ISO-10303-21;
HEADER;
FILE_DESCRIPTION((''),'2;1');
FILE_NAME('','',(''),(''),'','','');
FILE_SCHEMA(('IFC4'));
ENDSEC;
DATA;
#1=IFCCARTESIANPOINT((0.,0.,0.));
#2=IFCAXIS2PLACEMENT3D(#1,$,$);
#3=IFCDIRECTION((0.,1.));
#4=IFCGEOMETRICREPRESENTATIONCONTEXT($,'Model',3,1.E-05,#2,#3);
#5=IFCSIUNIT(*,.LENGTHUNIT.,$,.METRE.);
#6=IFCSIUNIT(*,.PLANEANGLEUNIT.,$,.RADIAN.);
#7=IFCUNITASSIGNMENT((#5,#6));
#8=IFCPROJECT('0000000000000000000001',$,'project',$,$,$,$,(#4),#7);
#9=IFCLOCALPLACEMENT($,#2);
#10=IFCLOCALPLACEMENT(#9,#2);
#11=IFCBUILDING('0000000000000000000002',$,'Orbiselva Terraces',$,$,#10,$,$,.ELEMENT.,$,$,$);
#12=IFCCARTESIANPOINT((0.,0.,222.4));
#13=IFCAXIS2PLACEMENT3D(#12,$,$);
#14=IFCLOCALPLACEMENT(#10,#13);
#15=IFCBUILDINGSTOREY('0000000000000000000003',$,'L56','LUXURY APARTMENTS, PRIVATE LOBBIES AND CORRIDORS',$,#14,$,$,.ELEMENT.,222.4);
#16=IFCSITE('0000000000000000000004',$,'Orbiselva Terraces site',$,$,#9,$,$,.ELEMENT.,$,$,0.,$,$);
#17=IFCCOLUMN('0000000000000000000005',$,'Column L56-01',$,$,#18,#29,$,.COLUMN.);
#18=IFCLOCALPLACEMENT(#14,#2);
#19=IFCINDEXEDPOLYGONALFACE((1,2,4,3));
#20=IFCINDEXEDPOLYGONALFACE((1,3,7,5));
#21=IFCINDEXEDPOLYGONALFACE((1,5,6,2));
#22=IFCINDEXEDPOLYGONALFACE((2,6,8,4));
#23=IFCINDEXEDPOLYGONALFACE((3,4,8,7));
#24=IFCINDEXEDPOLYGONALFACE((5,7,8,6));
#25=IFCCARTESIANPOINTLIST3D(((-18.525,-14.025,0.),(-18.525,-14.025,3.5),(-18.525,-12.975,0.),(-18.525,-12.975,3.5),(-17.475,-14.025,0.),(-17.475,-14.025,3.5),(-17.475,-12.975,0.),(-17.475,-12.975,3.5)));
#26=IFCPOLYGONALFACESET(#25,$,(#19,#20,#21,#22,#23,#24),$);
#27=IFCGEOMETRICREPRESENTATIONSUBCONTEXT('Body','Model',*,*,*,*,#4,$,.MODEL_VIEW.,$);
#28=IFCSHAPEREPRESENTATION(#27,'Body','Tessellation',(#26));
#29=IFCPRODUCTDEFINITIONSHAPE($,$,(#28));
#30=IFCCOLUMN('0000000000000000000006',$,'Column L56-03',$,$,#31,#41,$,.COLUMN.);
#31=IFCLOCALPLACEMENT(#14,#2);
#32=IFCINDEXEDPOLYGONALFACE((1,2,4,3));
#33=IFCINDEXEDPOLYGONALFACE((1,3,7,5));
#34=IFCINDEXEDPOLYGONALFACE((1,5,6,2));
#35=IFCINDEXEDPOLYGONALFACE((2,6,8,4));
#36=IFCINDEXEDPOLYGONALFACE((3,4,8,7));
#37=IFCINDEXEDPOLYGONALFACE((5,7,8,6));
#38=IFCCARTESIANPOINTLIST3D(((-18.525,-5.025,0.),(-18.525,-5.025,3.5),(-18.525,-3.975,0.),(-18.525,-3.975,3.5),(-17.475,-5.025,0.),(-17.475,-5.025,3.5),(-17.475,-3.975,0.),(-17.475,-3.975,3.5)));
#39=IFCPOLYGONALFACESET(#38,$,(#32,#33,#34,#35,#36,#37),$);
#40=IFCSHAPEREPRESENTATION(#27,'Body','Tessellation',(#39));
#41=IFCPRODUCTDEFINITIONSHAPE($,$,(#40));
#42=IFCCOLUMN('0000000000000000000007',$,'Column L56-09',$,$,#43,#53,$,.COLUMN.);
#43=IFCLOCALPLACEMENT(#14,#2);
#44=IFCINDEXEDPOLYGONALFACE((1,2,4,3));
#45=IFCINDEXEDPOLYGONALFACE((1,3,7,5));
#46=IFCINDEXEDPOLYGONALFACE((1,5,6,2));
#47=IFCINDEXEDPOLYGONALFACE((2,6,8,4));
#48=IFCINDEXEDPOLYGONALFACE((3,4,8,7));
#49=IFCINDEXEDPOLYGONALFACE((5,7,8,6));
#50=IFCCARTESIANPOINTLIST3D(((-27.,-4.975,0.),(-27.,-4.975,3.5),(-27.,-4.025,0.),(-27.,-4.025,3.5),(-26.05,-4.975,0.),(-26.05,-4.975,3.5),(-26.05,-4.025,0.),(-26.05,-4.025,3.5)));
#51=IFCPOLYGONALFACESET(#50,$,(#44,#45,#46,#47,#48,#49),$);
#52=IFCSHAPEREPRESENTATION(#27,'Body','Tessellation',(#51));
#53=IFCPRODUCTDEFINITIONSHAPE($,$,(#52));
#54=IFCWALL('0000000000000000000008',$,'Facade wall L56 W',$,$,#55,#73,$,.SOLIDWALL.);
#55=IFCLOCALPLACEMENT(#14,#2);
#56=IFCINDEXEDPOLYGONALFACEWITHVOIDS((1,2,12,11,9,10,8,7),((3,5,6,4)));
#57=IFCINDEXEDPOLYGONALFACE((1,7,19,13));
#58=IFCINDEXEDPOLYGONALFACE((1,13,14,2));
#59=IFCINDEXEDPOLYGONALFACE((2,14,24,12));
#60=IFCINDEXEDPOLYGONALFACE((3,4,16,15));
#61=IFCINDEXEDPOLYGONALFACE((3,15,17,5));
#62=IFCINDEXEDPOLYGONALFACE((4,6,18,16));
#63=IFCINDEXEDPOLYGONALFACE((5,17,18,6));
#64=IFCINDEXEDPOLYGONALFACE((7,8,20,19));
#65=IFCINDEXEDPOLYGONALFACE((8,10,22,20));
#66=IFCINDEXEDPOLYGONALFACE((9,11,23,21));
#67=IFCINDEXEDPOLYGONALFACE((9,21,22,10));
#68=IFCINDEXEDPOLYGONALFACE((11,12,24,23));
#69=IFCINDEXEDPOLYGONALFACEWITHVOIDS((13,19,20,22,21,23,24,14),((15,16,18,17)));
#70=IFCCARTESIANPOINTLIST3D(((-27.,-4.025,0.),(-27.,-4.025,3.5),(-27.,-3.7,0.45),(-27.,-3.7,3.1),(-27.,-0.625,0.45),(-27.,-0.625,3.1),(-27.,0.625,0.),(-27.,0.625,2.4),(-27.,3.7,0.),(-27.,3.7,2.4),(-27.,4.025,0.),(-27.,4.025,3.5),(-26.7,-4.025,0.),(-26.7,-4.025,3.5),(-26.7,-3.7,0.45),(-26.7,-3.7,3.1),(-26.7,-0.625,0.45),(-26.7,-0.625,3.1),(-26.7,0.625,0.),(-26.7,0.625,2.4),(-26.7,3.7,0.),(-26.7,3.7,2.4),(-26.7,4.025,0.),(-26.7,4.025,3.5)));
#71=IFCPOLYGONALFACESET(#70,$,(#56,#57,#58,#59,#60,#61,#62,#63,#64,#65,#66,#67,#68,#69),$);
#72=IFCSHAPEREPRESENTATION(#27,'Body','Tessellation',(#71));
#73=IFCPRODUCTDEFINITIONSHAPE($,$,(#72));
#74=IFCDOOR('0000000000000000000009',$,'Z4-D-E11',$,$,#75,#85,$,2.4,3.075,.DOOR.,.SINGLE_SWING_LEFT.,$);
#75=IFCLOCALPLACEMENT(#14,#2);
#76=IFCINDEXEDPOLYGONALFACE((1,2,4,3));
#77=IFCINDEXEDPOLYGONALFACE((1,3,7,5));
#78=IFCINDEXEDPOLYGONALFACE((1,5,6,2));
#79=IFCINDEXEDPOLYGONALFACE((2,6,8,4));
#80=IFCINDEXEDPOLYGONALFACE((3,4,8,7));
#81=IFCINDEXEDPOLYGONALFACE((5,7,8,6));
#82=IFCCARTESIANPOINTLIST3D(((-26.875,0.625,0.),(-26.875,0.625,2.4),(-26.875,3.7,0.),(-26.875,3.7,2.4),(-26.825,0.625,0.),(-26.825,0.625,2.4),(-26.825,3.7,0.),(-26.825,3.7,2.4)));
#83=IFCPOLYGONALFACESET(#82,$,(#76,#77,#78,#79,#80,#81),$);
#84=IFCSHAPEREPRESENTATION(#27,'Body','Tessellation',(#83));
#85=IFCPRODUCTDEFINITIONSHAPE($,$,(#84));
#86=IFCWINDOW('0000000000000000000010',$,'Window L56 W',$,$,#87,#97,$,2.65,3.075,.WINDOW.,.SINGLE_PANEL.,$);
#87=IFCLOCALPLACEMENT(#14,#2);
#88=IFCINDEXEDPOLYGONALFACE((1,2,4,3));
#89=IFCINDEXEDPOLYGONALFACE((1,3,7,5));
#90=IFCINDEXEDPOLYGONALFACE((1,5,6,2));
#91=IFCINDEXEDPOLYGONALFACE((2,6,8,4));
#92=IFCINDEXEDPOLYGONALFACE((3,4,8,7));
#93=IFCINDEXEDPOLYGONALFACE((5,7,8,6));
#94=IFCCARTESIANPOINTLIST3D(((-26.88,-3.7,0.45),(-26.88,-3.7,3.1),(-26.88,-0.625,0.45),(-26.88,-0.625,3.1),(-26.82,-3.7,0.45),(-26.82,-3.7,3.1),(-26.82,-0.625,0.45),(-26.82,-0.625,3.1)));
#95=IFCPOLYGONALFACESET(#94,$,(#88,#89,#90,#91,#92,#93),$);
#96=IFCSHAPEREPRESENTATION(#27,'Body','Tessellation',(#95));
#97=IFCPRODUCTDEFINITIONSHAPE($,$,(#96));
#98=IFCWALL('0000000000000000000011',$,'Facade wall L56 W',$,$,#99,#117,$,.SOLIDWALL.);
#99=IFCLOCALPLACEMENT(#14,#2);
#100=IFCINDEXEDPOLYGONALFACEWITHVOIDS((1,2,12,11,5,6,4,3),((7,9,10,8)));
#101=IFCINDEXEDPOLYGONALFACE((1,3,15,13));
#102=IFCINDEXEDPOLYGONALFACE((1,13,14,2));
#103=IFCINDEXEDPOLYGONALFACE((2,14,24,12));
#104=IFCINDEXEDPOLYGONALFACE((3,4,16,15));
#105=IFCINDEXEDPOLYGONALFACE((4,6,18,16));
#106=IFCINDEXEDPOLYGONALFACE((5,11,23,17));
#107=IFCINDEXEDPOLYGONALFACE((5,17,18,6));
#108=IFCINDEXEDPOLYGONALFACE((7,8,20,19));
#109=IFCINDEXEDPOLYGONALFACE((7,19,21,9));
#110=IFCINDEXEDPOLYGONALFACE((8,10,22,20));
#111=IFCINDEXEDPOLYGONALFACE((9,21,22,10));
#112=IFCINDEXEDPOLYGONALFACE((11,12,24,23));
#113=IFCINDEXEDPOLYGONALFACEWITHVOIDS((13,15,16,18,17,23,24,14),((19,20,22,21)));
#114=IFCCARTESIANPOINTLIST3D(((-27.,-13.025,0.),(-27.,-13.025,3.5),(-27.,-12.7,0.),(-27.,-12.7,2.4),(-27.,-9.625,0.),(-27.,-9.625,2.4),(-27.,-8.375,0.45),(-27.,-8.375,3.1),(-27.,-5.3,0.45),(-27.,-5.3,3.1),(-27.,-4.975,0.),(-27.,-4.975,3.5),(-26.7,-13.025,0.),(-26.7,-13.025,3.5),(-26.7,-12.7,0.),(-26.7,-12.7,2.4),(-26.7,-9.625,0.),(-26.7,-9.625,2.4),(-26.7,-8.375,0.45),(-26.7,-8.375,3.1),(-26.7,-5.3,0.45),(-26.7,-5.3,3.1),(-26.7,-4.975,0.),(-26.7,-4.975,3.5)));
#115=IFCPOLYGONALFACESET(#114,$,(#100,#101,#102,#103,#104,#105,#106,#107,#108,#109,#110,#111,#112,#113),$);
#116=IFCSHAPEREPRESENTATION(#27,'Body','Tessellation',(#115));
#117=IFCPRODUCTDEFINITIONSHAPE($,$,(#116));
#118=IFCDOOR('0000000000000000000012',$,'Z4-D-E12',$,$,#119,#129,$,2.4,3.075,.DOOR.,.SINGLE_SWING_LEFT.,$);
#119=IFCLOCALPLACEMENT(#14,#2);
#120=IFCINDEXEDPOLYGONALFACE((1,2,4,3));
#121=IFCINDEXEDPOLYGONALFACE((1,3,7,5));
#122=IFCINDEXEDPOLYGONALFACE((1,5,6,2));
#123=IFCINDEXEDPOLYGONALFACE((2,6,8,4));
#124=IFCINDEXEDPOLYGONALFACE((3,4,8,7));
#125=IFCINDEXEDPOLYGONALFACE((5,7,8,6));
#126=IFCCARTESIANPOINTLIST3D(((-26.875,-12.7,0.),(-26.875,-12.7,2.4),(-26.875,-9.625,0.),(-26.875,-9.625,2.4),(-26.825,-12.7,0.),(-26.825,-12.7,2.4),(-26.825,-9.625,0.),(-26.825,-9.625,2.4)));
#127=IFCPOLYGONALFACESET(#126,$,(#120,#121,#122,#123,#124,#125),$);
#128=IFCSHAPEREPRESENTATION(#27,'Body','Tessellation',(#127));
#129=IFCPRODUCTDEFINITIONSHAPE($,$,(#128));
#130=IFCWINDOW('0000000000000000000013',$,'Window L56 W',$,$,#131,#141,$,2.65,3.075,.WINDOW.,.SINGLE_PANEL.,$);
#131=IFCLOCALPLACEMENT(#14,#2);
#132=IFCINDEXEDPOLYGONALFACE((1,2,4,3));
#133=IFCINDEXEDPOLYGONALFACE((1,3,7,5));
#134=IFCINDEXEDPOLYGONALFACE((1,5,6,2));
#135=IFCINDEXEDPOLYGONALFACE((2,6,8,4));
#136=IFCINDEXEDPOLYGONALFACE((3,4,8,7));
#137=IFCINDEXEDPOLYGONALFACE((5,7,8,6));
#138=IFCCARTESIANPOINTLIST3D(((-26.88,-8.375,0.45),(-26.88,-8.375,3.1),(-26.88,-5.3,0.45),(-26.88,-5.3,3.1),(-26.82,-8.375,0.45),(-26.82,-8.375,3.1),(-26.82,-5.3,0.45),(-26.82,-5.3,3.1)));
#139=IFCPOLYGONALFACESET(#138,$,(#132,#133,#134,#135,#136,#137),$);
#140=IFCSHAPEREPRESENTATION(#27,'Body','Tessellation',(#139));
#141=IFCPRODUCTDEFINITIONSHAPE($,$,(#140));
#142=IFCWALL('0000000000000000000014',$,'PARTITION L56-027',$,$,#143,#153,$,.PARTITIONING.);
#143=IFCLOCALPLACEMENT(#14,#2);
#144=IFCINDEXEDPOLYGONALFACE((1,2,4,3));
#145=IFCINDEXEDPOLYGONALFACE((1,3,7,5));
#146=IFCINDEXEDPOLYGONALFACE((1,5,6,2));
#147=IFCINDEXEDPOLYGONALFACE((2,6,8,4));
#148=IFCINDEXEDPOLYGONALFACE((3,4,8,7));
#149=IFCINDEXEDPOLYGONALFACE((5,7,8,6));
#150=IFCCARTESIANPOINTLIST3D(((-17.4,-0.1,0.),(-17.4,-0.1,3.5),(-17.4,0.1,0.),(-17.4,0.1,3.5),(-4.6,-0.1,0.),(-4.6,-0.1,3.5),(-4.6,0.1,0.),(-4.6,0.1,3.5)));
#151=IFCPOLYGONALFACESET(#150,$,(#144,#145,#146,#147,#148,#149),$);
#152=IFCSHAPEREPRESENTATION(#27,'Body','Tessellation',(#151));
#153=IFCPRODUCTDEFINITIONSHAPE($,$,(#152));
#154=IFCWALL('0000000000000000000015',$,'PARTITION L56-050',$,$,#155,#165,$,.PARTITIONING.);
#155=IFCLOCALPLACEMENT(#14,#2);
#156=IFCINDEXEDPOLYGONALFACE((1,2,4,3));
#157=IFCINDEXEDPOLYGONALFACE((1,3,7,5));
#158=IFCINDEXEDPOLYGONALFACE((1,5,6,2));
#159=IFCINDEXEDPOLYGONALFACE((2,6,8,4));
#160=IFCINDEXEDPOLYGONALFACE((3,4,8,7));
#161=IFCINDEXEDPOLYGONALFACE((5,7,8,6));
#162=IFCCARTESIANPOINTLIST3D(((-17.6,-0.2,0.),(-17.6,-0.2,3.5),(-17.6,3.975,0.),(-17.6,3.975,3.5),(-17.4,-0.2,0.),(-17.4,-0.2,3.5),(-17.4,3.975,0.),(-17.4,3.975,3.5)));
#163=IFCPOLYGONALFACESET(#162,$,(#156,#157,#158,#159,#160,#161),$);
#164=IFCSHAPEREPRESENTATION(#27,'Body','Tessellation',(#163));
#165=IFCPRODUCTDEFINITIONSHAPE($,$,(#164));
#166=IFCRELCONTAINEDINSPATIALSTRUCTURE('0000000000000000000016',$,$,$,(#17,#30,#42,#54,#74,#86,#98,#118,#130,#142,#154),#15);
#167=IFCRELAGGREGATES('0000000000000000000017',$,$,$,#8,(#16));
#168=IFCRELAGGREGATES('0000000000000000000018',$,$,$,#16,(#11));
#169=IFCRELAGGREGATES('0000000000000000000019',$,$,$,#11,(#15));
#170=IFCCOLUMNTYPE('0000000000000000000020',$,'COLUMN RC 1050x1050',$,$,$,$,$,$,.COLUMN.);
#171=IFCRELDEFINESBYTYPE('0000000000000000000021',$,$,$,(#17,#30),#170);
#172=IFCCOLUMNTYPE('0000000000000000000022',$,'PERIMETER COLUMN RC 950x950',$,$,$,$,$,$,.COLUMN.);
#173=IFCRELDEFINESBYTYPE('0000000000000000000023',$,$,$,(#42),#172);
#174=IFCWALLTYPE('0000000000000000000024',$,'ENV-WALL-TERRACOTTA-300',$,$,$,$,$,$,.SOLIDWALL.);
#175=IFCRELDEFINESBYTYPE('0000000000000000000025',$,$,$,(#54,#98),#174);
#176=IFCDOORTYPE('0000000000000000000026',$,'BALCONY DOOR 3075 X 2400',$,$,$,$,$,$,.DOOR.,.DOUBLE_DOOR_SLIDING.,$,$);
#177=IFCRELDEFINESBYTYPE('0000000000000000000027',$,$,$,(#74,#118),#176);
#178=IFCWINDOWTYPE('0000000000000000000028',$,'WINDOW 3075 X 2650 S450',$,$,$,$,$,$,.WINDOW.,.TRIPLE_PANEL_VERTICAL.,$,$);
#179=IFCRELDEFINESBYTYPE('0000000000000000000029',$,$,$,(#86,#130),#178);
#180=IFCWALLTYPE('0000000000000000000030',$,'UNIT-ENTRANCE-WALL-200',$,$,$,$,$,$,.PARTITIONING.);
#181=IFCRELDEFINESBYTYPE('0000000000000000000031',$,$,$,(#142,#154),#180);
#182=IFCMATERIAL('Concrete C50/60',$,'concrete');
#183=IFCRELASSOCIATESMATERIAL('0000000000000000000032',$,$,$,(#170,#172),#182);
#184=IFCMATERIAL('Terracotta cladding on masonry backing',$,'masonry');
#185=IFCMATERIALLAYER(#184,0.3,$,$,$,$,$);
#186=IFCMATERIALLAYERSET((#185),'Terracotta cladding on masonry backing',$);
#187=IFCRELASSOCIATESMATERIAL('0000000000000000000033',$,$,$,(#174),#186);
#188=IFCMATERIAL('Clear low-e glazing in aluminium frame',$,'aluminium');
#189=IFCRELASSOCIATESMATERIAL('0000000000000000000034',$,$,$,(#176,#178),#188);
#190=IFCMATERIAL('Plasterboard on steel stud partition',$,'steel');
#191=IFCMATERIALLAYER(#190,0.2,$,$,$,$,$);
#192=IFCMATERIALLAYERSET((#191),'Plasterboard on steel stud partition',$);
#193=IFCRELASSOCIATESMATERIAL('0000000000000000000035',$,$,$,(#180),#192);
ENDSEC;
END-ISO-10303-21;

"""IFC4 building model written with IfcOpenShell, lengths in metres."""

from ifc_helpers import new_model, si_unit, direction, frame, frame_2d, origin, origin_2d, place, context, subcontext, project, spatial, rectangle, extrude, material, layer, layer_set, material_profile, profile_set, type_object, element, fill, save


model = new_model("IFC4")

# Units and contexts
model_context = context("Model", 3, precision=1e-05, world=origin(), true_north=direction((0.0, 1.0)))
body_context = subcontext(model_context, "Body", "Model", "MODEL_VIEW")
ifc_project = project(units=[si_unit("LENGTHUNIT", "METRE"), si_unit("PLANEANGLEUNIT", "RADIAN")], contexts=[model_context])

# Site, building, storey
site_placement = place(None, origin())
site = spatial("IfcSite", under=ifc_project, at=site_placement, Name="Orbiselva Terraces site", CompositionType="ELEMENT", RefElevation=0.0)
building_placement = place(site_placement, origin())
building = spatial("IfcBuilding", under=site, at=building_placement, Name="Orbiselva Terraces", CompositionType="ELEMENT")
storey_placement = place(building_placement, frame((0.0, 0.0, 222.4)))
storey = spatial("IfcBuildingStorey", under=building, at=storey_placement, Name="L56", Description="LUXURY APARTMENTS, PRIVATE LOBBIES AND CORRIDORS", CompositionType="ELEMENT", Elevation=222.4)

# Columns
ifc_material_1 = material(Name="Concrete C50/60", Category="concrete")
ifc_material_profile_1 = material_profile(ifc_material_1, rectangle(XDim=1.05, YDim=1.05, at=origin_2d()), Name="RC 1050x1050")
ifc_profile_set_1 = profile_set([ifc_material_profile_1], Name="Concrete C50/60")
column_type_1 = type_object("IfcColumnType", Name="COLUMN RC 1050x1050", PredefinedType="COLUMN", material=ifc_profile_set_1)
for number, where, z_axis, x_axis, name in (
    (1, (-18.0, -13.5, 0.0), (0.0, 0.0, 1.0), (1.0, 0.0, 0.0), "Column L56-01"),
    (2, (-18.0, -4.5, 0.0), (0.0, 0.0, 1.0), (1.0, 0.0, 0.0), "Column L56-03"),
):
    element("IfcColumn", number, at=place(storey_placement, frame(where, z_axis=z_axis, x_axis=x_axis)), inside=storey, type_object=column_type_1, Name=name, PredefinedType="COLUMN", context=body_context, shape_type="SweptSolid", body=[
        extrude(rectangle(XDim=1.05, YDim=1.05, at=origin_2d()), origin(), (0.0, 0.0, 1.0), 3.5),
    ])
ifc_material_profile_2 = material_profile(ifc_material_1, rectangle(XDim=0.95, YDim=0.95, at=origin_2d()), Name="RC 950x950")
ifc_profile_set_2 = profile_set([ifc_material_profile_2], Name="Concrete C50/60")
column_type_2 = type_object("IfcColumnType", Name="PERIMETER COLUMN RC 950x950", PredefinedType="COLUMN", material=ifc_profile_set_2)
column_placement = place(storey_placement, frame((-26.525, -4.5, 0.0), z_axis=(0.0, 0.0, 1.0), x_axis=(1.0, 0.0, 0.0)))
element("IfcColumn", 3, at=column_placement, inside=storey, type_object=column_type_2, Name="Column L56-09", PredefinedType="COLUMN", context=body_context, shape_type="SweptSolid", body=[
    extrude(rectangle(XDim=0.95, YDim=0.95, at=origin_2d()), origin(), (0.0, 0.0, 1.0), 3.5),
])

# Walls, openings, doors, windows
ifc_material_2 = material(Name="Terracotta cladding on masonry backing", Category="masonry")
ifc_layer_1 = layer(ifc_material_2, 0.3)
ifc_layer_set_1 = layer_set([ifc_layer_1], Name="Terracotta cladding on masonry backing")
wall_type_1 = type_object("IfcWallType", Name="ENV-WALL-TERRACOTTA-300", PredefinedType="SOLIDWALL", material=ifc_layer_set_1)
wall_1_placement = place(storey_placement, frame((-26.85, -4.025, 0.0), z_axis=(0.0, 0.0, 1.0), x_axis=(0.0, 1.0, 0.0)))
wall_1 = element("IfcWall", 4, at=wall_1_placement, inside=storey, type_object=wall_type_1, Name="Facade wall L56 W", PredefinedType="SOLIDWALL", context=body_context, shape_type="SweptSolid", body=[
    extrude(rectangle(XDim=8.05, YDim=0.3, at=frame_2d((4.025, 0.0))), origin(), (0.0, 0.0, 1.0), 3.5),
])
opening_1_placement = place(wall_1_placement, frame((4.65, 0.0, 0.0)))
opening_1 = element("IfcOpeningElement", 5, at=opening_1_placement, cuts=wall_1, PredefinedType="OPENING", context=body_context, shape_type="SweptSolid", body=[
    extrude(rectangle(XDim=3.075, YDim=2.4, at=frame_2d((1.5375, 1.2))), frame((0.0, 0.16, 0.0), z_axis=(0.0, -1.0, 0.0), x_axis=(1.0, 0.0, 0.0)), (0.0, 0.0, 1.0), 0.32),
])
opening_2_placement = place(wall_1_placement, frame((0.325, 0.0, 0.45)))
opening_2 = element("IfcOpeningElement", 6, at=opening_2_placement, cuts=wall_1, PredefinedType="OPENING", context=body_context, shape_type="SweptSolid", body=[
    extrude(rectangle(XDim=3.075, YDim=2.65, at=frame_2d((1.5375, 1.325))), frame((0.0, 0.16, 0.0), z_axis=(0.0, -1.0, 0.0), x_axis=(1.0, 0.0, 0.0)), (0.0, 0.0, 1.0), 0.32),
])
ifc_material_3 = material(Name="Clear low-e glazing in aluminium frame", Category="aluminium")
door_type_1 = type_object("IfcDoorType", Name="BALCONY DOOR 3075 X 2400", OperationType="DOUBLE_DOOR_SLIDING", PredefinedType="DOOR", material=ifc_material_3)
door_1_placement = place(opening_1_placement, origin())
door_1 = element("IfcDoor", 7, at=door_1_placement, inside=storey, type_object=door_type_1, Name="Z4-D-E11", OperationType="SINGLE_SWING_LEFT", OverallHeight=2.4, OverallWidth=3.075, PredefinedType="DOOR", context=body_context, shape_type="SweptSolid", body=[
    extrude(rectangle(XDim=3.075, YDim=2.4, at=frame_2d((1.5375, 1.2))), frame((0.0, 0.025, 0.0), z_axis=(0.0, -1.0, 0.0), x_axis=(1.0, 0.0, 0.0)), (0.0, 0.0, 1.0), 0.05),
])
fill(opening_1, door_1)
window_type = type_object("IfcWindowType", Name="WINDOW 3075 X 2650 S450", PartitioningType="TRIPLE_PANEL_VERTICAL", PredefinedType="WINDOW", material=ifc_material_3)
window_1_placement = place(opening_2_placement, origin())
window_1 = element("IfcWindow", 8, at=window_1_placement, inside=storey, type_object=window_type, Name="Window L56 W", OverallHeight=2.65, OverallWidth=3.075, PartitioningType="SINGLE_PANEL", PredefinedType="WINDOW", context=body_context, shape_type="SweptSolid", body=[
    extrude(rectangle(XDim=3.075, YDim=2.65, at=frame_2d((1.5375, 1.325))), frame((0.0, 0.03, 0.0), z_axis=(0.0, -1.0, 0.0), x_axis=(1.0, 0.0, 0.0)), (0.0, 0.0, 1.0), 0.06),
])
fill(opening_2, window_1)
wall_2_placement = place(storey_placement, frame((-26.85, -13.025, 0.0), z_axis=(0.0, 0.0, 1.0), x_axis=(0.0, 1.0, 0.0)))
wall_2 = element("IfcWall", 9, at=wall_2_placement, inside=storey, type_object=wall_type_1, Name="Facade wall L56 W", PredefinedType="SOLIDWALL", context=body_context, shape_type="SweptSolid", body=[
    extrude(rectangle(XDim=8.05, YDim=0.3, at=frame_2d((4.025, 0.0))), origin(), (0.0, 0.0, 1.0), 3.5),
])
opening_3_placement = place(wall_2_placement, frame((4.65, 0.0, 0.45)))
opening_3 = element("IfcOpeningElement", 10, at=opening_3_placement, cuts=wall_2, PredefinedType="OPENING", context=body_context, shape_type="SweptSolid", body=[
    extrude(rectangle(XDim=3.075, YDim=2.65, at=frame_2d((1.5375, 1.325))), frame((0.0, 0.16, 0.0), z_axis=(0.0, -1.0, 0.0), x_axis=(1.0, 0.0, 0.0)), (0.0, 0.0, 1.0), 0.32),
])
opening_4_placement = place(wall_2_placement, frame((0.325, 0.0, 0.0)))
opening_4 = element("IfcOpeningElement", 11, at=opening_4_placement, cuts=wall_2, PredefinedType="OPENING", context=body_context, shape_type="SweptSolid", body=[
    extrude(rectangle(XDim=3.075, YDim=2.4, at=frame_2d((1.5375, 1.2))), frame((0.0, 0.16, 0.0), z_axis=(0.0, -1.0, 0.0), x_axis=(1.0, 0.0, 0.0)), (0.0, 0.0, 1.0), 0.32),
])
door_2_placement = place(opening_4_placement, origin())
door_2 = element("IfcDoor", 12, at=door_2_placement, inside=storey, type_object=door_type_1, Name="Z4-D-E12", OperationType="SINGLE_SWING_LEFT", OverallHeight=2.4, OverallWidth=3.075, PredefinedType="DOOR", context=body_context, shape_type="SweptSolid", body=[
    extrude(rectangle(XDim=3.075, YDim=2.4, at=frame_2d((1.5375, 1.2))), frame((0.0, 0.025, 0.0), z_axis=(0.0, -1.0, 0.0), x_axis=(1.0, 0.0, 0.0)), (0.0, 0.0, 1.0), 0.05),
])
fill(opening_4, door_2)
window_2_placement = place(opening_3_placement, origin())
window_2 = element("IfcWindow", 13, at=window_2_placement, inside=storey, type_object=window_type, Name="Window L56 W", OverallHeight=2.65, OverallWidth=3.075, PartitioningType="SINGLE_PANEL", PredefinedType="WINDOW", context=body_context, shape_type="SweptSolid", body=[
    extrude(rectangle(XDim=3.075, YDim=2.65, at=frame_2d((1.5375, 1.325))), frame((0.0, 0.03, 0.0), z_axis=(0.0, -1.0, 0.0), x_axis=(1.0, 0.0, 0.0)), (0.0, 0.0, 1.0), 0.06),
])
fill(opening_3, window_2)

# Walls
ifc_material_4 = material(Name="Plasterboard on steel stud partition", Category="steel")
ifc_layer_2 = layer(ifc_material_4, 0.2)
ifc_layer_set_2 = layer_set([ifc_layer_2], Name="Plasterboard on steel stud partition")
wall_type_2 = type_object("IfcWallType", Name="UNIT-ENTRANCE-WALL-200", PredefinedType="PARTITIONING", material=ifc_layer_set_2)
wall_3_placement = place(storey_placement, frame((-17.4, 0.0, 0.0), z_axis=(0.0, 0.0, 1.0), x_axis=(1.0, 0.0, 0.0)))
element("IfcWall", 14, at=wall_3_placement, inside=storey, type_object=wall_type_2, Name="PARTITION L56-027", PredefinedType="PARTITIONING", context=body_context, shape_type="SweptSolid", body=[
    extrude(rectangle(XDim=12.8, YDim=0.2, at=frame_2d((6.4, 0.0))), origin(), (0.0, 0.0, 1.0), 3.5),
])
wall_4_placement = place(storey_placement, frame((-17.5, -0.2, 0.0), z_axis=(0.0, 0.0, 1.0), x_axis=(0.0, 1.0, 0.0)))
element("IfcWall", 15, at=wall_4_placement, inside=storey, type_object=wall_type_2, Name="PARTITION L56-050", PredefinedType="PARTITIONING", context=body_context, shape_type="SweptSolid", body=[
    extrude(rectangle(XDim=4.175, YDim=0.2, at=frame_2d((2.0875, 0.0))), origin(), (0.0, 0.0, 1.0), 3.5),
])

save(model, "model.ifc")
